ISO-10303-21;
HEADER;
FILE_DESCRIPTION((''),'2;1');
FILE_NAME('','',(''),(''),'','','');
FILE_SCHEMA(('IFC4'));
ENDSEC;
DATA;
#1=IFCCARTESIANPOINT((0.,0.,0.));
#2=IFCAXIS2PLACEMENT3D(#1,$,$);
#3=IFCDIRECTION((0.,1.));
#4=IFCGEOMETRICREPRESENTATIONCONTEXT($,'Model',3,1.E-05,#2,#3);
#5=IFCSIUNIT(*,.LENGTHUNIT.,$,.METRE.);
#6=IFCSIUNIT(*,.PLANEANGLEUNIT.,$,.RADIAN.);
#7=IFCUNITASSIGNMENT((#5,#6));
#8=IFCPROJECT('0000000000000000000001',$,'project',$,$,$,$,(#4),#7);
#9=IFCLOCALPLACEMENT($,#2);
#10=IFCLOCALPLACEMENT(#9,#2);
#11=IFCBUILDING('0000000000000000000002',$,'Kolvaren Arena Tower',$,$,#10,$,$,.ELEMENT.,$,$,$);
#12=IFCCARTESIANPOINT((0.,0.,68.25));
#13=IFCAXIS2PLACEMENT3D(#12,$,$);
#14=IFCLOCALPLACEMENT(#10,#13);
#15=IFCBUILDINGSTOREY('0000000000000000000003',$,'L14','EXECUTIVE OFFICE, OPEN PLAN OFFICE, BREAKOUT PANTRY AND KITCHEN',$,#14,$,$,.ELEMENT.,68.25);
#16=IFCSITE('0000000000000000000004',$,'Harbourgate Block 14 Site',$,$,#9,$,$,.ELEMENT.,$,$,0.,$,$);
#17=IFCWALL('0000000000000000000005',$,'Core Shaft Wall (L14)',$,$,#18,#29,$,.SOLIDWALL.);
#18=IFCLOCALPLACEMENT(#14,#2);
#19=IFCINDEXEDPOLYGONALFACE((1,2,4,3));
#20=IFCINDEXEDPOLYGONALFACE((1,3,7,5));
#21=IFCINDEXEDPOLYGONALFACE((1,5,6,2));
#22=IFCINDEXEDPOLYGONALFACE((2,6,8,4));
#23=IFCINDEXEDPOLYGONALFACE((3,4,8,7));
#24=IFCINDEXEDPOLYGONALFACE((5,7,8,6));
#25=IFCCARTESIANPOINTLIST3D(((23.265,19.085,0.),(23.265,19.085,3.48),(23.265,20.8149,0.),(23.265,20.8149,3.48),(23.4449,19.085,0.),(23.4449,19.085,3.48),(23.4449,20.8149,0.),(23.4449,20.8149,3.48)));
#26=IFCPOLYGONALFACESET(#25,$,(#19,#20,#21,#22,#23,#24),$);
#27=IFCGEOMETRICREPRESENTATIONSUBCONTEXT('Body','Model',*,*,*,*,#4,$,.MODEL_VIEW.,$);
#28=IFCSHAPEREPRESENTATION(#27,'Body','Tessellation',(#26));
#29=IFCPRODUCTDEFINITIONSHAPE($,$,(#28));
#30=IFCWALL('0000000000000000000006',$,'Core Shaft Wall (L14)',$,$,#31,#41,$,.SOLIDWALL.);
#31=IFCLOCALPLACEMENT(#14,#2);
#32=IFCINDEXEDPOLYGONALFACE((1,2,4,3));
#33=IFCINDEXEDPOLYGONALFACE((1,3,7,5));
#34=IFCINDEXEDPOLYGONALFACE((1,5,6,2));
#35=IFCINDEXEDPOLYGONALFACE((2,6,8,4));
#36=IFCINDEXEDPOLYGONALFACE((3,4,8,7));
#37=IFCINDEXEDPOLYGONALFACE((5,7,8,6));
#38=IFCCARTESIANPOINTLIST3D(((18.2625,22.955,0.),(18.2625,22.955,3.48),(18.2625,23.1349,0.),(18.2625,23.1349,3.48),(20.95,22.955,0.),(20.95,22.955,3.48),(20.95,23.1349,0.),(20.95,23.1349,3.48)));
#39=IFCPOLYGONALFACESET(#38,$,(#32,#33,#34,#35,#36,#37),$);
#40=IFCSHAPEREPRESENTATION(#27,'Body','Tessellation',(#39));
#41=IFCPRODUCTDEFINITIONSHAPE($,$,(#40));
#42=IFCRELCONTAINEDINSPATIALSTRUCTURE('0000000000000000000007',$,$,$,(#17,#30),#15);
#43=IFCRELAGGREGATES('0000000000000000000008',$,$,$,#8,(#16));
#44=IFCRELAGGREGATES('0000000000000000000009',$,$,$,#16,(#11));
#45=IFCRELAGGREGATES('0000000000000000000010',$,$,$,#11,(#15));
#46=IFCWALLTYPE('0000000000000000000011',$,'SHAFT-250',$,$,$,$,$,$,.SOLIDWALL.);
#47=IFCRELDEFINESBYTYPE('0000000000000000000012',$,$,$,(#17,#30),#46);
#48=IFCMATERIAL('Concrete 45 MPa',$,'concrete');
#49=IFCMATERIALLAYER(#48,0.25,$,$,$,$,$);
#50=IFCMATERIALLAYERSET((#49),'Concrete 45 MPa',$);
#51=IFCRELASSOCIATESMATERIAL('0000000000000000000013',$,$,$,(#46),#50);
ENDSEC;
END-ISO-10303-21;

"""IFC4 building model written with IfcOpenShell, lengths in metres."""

from ifc_helpers import new_model, si_unit, direction, frame, frame_2d, origin, place, context, subcontext, project, spatial, rectangle, extrude, material, layer, layer_set, type_object, element, save


model = new_model("IFC4")

# Units and contexts
model_context = context("Model", 3, precision=1e-05, world=origin(), true_north=direction((0.0, 1.0)))
body_context = subcontext(model_context, "Body", "Model", "MODEL_VIEW")
ifc_project = project(units=[si_unit("LENGTHUNIT", "METRE"), si_unit("PLANEANGLEUNIT", "RADIAN")], contexts=[model_context])

# Site, building, storey
site_placement = place(None, origin())
site = spatial("IfcSite", under=ifc_project, at=site_placement, Name="Harbourgate Block 14 Site", CompositionType="ELEMENT", RefElevation=0.0)
building_placement = place(site_placement, origin())
building = spatial("IfcBuilding", under=site, at=building_placement, Name="Kolvaren Arena Tower", CompositionType="ELEMENT")
storey_placement = place(building_placement, frame((0.0, 0.0, 68.25)))
storey = spatial("IfcBuildingStorey", under=building, at=storey_placement, Name="L14", Description="EXECUTIVE OFFICE, OPEN PLAN OFFICE, BREAKOUT PANTRY AND KITCHEN", CompositionType="ELEMENT", Elevation=68.25)

# Walls
ifc_material_1 = material(Name="Concrete 45 MPa", Category="concrete")
ifc_layer_1 = layer(ifc_material_1, 0.25)
ifc_layer_set_1 = layer_set([ifc_layer_1], Name="Concrete 45 MPa")
wall_type_1 = type_object("IfcWallType", Name="SHAFT-250", PredefinedType="SOLIDWALL", material=ifc_layer_set_1)
for number, where, z_axis, x_axis, name in (
    (1, (23.355, 19.085, 0.0), (0.0, 0.0, 1.0), (0.0, 1.0, 0.0), "Core Shaft Wall (L14)"),
):
    element("IfcWall", number, at=place(storey_placement, frame(where, z_axis=z_axis, x_axis=x_axis)), inside=storey, type_object=wall_type_1, Name=name, PredefinedType="SOLIDWALL", context=body_context, shape_type="SweptSolid", body=[
        extrude(rectangle(XDim=1.73, YDim=0.1799, at=frame_2d((0.865, 0.0))), origin(), (0.0, 0.0, 1.0), 3.48),
    ])
wall_1_placement = place(storey_placement, frame((18.2625, 23.0449, 0.0), z_axis=(0.0, 0.0, 1.0), x_axis=(1.0, 0.0, 0.0)))
element("IfcWall", 2, at=wall_1_placement, inside=storey, type_object=wall_type_1, Name="Core Shaft Wall (L14)", PredefinedType="SOLIDWALL", context=body_context, shape_type="SweptSolid", body=[
    extrude(rectangle(XDim=2.6875, YDim=0.1799, at=frame_2d((1.3438, 0.0))), origin(), (0.0, 0.0, 1.0), 3.48),
])

save(model, "model.ifc")
